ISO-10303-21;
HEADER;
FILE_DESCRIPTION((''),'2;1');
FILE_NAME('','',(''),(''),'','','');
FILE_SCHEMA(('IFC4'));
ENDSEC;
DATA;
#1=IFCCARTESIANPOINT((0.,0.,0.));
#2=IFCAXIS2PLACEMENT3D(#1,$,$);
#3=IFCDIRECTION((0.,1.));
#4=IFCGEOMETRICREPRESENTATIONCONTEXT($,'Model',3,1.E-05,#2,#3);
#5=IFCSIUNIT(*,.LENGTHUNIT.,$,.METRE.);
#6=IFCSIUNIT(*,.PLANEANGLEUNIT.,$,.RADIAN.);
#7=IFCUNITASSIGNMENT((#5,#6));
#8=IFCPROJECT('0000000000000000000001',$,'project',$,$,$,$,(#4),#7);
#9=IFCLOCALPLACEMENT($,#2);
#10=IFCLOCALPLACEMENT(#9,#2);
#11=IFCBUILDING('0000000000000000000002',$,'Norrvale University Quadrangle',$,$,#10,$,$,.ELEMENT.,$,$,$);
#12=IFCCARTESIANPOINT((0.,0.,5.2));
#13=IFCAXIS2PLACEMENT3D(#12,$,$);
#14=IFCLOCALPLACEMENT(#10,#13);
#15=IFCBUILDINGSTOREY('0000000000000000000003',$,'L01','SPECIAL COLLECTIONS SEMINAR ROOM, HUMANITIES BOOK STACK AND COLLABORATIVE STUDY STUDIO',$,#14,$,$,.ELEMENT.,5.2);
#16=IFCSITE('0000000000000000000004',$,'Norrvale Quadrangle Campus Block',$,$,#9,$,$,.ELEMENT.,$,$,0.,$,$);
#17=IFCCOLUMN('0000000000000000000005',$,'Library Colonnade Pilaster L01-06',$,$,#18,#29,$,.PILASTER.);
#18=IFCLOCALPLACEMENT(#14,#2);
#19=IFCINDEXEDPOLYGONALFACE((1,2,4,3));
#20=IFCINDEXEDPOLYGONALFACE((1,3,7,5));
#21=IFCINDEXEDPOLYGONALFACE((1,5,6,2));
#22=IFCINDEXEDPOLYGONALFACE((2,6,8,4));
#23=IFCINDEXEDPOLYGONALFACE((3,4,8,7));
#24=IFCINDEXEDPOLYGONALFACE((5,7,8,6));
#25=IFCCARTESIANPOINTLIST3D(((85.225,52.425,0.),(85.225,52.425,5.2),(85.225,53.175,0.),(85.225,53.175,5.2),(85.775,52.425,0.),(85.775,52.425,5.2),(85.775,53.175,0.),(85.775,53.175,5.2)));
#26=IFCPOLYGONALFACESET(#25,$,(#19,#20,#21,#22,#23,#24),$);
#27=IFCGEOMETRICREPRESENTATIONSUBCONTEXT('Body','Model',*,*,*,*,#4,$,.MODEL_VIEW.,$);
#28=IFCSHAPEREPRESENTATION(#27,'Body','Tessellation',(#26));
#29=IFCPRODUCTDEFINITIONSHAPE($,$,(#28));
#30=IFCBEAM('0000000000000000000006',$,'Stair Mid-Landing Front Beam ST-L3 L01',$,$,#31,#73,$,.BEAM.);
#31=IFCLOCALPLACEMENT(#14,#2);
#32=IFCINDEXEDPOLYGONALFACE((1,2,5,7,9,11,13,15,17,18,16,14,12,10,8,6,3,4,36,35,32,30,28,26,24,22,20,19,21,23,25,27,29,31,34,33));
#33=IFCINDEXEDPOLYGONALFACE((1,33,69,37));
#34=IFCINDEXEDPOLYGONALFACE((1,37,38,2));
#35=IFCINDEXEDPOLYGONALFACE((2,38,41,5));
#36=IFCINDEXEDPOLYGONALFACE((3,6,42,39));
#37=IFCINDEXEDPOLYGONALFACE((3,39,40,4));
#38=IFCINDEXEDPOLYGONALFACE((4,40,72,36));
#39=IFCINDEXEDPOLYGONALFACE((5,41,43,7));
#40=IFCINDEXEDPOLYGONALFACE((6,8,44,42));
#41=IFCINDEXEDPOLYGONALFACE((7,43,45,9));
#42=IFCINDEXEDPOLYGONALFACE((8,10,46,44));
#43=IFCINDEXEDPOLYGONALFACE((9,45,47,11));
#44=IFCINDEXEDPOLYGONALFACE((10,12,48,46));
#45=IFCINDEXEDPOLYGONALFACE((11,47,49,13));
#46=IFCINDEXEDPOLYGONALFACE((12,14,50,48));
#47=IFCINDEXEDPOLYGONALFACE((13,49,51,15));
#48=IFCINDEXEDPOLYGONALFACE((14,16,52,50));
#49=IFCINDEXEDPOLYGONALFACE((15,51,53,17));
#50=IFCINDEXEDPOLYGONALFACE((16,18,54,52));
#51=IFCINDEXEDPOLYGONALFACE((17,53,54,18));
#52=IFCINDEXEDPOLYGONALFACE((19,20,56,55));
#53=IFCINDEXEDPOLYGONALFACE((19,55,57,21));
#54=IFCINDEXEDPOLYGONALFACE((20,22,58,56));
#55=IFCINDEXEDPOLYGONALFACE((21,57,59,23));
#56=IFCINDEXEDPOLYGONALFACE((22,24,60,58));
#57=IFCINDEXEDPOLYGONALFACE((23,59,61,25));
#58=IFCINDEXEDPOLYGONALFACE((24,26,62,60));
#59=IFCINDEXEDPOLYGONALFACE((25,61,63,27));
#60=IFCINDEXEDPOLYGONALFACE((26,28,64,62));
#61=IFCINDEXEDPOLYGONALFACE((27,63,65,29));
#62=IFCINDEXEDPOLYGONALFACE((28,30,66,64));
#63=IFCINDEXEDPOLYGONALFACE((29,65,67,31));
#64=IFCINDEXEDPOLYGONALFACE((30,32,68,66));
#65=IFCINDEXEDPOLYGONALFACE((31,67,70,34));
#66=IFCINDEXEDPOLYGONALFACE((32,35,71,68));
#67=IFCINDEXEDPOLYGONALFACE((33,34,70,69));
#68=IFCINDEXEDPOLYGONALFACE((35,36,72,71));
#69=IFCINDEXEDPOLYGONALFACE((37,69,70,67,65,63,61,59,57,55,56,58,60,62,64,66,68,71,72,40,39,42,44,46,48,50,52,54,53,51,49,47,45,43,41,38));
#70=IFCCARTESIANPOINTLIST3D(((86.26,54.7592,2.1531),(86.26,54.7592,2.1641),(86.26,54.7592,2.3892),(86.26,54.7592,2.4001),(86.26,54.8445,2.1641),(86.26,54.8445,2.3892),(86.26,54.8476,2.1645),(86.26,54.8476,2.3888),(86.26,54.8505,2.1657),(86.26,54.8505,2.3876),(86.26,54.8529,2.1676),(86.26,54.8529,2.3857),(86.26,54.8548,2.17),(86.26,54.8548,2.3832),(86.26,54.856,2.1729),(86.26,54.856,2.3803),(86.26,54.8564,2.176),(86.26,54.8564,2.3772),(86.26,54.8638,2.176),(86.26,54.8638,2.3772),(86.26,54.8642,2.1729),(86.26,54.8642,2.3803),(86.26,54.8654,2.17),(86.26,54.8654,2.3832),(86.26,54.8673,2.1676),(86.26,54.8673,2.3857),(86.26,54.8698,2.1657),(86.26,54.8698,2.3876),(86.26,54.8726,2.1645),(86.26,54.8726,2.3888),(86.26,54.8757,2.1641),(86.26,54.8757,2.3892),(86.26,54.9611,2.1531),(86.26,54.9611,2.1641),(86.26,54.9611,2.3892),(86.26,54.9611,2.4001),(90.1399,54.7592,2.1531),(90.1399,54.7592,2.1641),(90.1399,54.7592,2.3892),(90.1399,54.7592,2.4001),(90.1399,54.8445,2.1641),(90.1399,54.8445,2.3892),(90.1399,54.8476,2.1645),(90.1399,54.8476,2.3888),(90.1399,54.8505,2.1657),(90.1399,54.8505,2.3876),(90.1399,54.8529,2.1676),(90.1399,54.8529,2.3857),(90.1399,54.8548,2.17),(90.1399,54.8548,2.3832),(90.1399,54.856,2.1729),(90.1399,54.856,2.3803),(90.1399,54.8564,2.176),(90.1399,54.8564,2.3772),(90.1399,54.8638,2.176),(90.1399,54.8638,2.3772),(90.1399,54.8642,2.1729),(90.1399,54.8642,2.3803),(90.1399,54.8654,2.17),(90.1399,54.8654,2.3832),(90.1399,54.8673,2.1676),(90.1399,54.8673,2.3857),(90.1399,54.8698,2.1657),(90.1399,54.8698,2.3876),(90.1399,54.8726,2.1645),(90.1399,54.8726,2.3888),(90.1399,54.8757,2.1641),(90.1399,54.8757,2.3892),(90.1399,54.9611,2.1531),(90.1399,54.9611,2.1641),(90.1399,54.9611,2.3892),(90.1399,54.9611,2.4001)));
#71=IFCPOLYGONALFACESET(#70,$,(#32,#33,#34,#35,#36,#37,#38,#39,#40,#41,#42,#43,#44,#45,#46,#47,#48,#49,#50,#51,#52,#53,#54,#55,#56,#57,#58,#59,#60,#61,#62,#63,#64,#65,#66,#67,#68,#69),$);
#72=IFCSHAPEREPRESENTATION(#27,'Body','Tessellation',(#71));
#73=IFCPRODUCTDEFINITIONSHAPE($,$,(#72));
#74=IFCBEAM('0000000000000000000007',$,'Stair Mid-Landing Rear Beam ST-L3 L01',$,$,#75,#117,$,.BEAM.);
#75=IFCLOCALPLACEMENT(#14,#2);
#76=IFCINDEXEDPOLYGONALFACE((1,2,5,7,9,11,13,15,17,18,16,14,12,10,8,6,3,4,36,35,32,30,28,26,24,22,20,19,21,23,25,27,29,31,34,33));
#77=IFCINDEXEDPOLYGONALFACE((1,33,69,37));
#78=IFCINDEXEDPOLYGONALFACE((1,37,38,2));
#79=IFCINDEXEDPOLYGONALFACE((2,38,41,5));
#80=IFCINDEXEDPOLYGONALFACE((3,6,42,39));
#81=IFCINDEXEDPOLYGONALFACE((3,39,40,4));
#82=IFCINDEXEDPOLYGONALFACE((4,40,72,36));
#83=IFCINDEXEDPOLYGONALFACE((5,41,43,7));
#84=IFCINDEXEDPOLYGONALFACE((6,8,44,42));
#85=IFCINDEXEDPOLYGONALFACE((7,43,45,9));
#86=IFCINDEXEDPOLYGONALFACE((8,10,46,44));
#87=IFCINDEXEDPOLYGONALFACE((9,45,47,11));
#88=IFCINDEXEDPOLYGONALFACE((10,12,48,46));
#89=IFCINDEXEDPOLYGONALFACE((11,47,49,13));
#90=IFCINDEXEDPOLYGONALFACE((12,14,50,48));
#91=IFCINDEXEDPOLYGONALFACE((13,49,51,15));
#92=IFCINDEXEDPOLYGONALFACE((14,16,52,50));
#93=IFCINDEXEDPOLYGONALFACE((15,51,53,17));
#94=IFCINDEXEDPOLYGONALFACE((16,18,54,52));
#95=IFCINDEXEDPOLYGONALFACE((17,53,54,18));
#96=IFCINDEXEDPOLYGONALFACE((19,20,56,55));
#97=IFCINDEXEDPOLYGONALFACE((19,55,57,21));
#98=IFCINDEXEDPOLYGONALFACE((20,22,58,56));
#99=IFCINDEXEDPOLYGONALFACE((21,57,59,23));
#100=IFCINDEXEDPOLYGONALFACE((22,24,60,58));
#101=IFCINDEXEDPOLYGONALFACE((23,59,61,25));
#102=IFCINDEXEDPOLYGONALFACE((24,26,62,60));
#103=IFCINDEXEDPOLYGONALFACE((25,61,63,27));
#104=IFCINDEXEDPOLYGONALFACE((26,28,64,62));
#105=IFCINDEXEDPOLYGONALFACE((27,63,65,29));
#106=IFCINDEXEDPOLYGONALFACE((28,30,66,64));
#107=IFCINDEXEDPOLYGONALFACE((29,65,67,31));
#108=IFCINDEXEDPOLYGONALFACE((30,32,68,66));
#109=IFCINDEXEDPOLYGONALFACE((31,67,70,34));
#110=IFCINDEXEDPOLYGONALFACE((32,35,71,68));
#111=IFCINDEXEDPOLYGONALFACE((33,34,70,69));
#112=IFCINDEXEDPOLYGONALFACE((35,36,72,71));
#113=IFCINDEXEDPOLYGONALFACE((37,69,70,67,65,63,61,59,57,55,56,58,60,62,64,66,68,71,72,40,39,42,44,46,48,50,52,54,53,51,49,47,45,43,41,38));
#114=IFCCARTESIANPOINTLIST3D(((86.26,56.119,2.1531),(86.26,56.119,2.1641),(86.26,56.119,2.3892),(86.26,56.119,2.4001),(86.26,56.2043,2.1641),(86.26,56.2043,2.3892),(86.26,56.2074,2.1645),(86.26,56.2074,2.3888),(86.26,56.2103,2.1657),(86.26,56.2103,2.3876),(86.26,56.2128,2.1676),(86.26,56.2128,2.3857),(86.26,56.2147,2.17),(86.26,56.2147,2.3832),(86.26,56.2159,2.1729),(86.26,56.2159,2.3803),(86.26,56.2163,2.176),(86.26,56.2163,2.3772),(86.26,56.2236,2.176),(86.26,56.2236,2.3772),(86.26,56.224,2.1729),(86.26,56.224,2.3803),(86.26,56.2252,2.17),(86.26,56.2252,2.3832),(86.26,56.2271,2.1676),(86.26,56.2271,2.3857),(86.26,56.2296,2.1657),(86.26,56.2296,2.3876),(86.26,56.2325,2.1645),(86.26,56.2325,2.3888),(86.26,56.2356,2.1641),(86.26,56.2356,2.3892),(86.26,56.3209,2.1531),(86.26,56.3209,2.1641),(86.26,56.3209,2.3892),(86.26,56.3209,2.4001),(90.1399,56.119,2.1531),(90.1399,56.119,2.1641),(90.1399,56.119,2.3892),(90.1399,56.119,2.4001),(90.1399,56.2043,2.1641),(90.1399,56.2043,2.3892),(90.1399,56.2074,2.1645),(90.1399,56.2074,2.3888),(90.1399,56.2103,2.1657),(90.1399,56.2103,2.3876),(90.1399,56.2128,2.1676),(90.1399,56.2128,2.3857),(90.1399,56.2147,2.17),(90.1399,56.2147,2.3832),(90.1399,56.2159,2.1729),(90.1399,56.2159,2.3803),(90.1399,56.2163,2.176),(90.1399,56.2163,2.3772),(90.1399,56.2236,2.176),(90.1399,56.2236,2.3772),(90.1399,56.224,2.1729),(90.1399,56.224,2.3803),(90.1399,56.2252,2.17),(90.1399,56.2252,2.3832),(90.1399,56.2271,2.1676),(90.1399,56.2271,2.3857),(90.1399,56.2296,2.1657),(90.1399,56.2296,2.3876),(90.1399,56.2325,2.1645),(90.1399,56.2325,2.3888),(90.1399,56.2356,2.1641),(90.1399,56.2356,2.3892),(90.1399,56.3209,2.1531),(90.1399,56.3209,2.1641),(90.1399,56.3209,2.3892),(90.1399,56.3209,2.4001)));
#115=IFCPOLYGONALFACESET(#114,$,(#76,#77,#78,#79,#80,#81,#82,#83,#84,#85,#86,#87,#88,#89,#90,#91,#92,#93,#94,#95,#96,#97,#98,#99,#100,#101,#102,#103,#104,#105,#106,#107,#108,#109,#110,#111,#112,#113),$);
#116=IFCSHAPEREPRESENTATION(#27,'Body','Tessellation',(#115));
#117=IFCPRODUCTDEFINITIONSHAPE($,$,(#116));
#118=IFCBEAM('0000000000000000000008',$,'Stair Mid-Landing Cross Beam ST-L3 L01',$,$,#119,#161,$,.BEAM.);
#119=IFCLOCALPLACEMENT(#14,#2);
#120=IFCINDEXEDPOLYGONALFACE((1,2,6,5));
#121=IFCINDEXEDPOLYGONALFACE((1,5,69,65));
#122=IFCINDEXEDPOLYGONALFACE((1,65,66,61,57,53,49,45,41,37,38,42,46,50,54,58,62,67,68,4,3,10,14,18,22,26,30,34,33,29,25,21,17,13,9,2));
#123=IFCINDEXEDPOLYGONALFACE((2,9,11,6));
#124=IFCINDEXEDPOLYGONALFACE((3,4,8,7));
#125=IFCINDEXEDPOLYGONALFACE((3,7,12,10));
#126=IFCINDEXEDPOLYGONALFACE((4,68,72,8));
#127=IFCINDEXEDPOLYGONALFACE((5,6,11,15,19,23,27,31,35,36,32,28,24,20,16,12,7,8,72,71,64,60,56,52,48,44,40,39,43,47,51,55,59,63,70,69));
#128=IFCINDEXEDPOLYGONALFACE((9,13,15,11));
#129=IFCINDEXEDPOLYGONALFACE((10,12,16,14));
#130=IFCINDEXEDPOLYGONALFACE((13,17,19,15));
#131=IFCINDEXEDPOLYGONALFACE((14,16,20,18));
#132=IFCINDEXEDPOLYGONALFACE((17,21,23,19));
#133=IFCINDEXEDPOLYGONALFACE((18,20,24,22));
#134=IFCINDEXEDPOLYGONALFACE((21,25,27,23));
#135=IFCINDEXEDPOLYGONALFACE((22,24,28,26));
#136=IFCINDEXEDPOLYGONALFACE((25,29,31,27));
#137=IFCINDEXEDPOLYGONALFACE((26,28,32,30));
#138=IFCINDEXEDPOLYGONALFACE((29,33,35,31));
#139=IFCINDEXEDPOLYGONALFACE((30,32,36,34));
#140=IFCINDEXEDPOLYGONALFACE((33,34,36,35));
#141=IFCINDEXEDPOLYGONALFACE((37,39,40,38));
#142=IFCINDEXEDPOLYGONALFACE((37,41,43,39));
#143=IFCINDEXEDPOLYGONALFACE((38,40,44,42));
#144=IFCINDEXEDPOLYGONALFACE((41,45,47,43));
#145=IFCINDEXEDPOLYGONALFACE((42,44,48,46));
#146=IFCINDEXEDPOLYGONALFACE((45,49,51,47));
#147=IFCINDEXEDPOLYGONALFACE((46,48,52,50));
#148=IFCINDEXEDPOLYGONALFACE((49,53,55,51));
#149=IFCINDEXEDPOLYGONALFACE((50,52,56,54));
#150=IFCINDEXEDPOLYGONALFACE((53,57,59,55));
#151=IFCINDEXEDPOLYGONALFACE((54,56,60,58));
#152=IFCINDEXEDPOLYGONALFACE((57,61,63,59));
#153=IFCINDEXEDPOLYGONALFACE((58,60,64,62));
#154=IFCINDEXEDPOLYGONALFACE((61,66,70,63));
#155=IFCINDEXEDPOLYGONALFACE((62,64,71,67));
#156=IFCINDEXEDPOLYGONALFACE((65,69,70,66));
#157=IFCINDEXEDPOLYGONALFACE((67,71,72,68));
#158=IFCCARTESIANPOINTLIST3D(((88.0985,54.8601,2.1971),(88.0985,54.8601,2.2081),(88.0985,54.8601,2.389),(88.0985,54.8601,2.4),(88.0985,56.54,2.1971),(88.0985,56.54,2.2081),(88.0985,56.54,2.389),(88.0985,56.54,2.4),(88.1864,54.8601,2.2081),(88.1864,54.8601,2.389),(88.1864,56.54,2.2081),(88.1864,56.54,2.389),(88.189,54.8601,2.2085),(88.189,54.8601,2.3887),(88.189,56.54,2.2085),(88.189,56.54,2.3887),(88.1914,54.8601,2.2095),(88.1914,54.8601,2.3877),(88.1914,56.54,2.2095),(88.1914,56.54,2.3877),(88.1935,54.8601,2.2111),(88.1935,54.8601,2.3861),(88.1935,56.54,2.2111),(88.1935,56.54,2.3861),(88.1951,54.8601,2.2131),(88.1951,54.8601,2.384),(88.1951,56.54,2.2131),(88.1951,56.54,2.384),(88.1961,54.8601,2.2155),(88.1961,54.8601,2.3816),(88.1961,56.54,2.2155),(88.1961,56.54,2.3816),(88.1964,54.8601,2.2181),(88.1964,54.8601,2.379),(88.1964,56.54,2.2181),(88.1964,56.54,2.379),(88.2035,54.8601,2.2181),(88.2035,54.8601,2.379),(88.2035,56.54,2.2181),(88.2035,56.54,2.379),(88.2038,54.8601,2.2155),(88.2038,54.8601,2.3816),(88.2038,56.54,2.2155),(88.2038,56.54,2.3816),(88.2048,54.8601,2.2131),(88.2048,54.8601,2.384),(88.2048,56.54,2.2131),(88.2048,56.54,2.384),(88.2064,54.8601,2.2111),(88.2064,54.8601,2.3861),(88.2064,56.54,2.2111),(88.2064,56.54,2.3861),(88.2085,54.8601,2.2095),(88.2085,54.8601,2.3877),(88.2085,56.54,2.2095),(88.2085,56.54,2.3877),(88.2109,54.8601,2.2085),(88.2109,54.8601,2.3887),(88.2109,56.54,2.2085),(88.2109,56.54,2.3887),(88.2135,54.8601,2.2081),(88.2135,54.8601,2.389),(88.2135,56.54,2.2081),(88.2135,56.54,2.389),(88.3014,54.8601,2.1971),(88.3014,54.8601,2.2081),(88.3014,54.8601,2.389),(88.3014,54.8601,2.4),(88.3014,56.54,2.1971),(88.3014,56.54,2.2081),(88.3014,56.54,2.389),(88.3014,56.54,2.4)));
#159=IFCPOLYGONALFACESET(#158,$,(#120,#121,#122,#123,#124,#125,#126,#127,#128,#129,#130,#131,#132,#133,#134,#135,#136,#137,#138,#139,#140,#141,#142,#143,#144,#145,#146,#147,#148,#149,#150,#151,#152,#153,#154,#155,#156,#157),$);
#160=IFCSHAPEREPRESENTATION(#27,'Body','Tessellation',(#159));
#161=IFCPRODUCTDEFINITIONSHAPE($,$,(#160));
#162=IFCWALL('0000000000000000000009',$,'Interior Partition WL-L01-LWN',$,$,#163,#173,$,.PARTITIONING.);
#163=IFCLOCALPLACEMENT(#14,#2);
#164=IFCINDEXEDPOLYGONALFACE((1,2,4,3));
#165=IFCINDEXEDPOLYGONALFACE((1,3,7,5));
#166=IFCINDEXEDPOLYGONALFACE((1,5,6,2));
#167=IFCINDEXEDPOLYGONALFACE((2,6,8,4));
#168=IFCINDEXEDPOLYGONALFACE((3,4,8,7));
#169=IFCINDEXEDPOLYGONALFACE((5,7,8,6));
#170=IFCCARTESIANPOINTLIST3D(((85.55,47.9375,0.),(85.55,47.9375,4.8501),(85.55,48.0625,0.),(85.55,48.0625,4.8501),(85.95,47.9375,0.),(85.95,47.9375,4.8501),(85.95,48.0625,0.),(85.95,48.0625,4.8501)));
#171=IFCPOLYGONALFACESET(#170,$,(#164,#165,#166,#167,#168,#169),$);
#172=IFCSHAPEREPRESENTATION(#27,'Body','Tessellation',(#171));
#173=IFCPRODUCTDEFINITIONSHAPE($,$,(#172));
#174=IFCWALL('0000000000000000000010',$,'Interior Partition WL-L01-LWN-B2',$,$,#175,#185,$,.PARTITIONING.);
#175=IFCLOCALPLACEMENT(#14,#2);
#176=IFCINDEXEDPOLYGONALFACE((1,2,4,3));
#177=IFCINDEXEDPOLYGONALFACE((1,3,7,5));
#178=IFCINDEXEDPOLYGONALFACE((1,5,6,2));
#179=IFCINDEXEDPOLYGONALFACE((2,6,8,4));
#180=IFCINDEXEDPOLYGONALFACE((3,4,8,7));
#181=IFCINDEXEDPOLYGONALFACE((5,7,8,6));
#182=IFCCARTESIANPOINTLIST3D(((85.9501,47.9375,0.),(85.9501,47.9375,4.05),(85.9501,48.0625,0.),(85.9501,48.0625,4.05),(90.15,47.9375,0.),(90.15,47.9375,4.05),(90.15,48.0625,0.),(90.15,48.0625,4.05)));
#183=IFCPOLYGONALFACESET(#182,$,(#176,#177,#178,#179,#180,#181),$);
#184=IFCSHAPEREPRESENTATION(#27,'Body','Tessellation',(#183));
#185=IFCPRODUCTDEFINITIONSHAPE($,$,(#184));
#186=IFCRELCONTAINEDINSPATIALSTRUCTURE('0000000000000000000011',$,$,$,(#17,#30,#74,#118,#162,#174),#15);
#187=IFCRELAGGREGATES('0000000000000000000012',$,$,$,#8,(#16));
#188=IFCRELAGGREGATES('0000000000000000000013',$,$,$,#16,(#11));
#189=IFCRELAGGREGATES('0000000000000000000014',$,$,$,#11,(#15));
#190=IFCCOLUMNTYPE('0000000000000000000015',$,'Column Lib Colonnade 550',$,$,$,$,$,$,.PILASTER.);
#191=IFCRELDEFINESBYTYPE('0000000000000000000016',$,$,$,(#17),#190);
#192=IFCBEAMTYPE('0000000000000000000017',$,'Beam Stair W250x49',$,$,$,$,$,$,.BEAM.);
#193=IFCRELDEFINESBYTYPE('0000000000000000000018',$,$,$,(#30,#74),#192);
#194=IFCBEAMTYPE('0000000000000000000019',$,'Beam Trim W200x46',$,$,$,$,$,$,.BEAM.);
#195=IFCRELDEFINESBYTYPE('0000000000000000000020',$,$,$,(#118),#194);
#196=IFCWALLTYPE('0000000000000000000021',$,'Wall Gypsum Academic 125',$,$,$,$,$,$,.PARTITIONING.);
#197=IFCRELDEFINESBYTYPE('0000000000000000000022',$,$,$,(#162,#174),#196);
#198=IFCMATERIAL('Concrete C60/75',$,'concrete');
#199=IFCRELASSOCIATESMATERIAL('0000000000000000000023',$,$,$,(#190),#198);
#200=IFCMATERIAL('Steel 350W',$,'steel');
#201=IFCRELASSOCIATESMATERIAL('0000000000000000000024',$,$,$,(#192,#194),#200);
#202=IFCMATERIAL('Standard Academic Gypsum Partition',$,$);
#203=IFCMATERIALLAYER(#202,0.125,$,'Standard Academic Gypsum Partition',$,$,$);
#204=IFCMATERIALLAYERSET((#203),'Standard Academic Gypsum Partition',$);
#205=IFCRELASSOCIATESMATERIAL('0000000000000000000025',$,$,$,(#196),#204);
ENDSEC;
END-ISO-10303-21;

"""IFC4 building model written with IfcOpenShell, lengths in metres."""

from ifc_helpers import new_model, si_unit, direction, frame, frame_2d, origin, origin_2d, place, context, subcontext, project, spatial, rectangle, i_section, extrude, material, layer, layer_set, material_profile, profile_set, type_object, element, save


model = new_model("IFC4")

# Units and contexts
model_context = context("Model", 3, precision=1e-05, world=origin(), true_north=direction((0.0, 1.0)))
body_context = subcontext(model_context, "Body", "Model", "MODEL_VIEW")
ifc_project = project(units=[si_unit("LENGTHUNIT", "METRE"), si_unit("PLANEANGLEUNIT", "RADIAN")], contexts=[model_context])

# Site, building, storey
site_placement = place(None, origin())
site = spatial("IfcSite", under=ifc_project, at=site_placement, Name="Norrvale Quadrangle Campus Block", CompositionType="ELEMENT", RefElevation=0.0)
building_placement = place(site_placement, origin())
building = spatial("IfcBuilding", under=site, at=building_placement, Name="Norrvale University Quadrangle", CompositionType="ELEMENT")
storey_placement = place(building_placement, frame((0.0, 0.0, 5.2)))
storey = spatial("IfcBuildingStorey", under=building, at=storey_placement, Name="L01", Description="SPECIAL COLLECTIONS SEMINAR ROOM, HUMANITIES BOOK STACK AND COLLABORATIVE STUDY STUDIO", CompositionType="ELEMENT", Elevation=5.2)

# Column
ifc_material_1 = material(Name="Concrete C60/75", Category="concrete")
ifc_material_profile_1 = material_profile(ifc_material_1, rectangle(XDim=0.55, YDim=0.75, at=origin_2d()), Name="Concrete C60/75")
ifc_profile_set_1 = profile_set([ifc_material_profile_1], Name="Concrete C60/75")
column_type = type_object("IfcColumnType", Name="Column Lib Colonnade 550", PredefinedType="PILASTER", material=ifc_profile_set_1)
column_placement = place(storey_placement, frame((85.5, 52.8, 0.0), z_axis=(0.0, 0.0, 1.0), x_axis=(1.0, 0.0, 0.0)))
element("IfcColumn", 1, at=column_placement, inside=storey, type_object=column_type, Name="Library Colonnade Pilaster L01-06", PredefinedType="PILASTER", context=body_context, shape_type="SweptSolid", body=[
    extrude(rectangle(XDim=0.55, YDim=0.75, at=origin_2d()), origin(), (0.0, 0.0, 1.0), 5.2),
])

# Beams
ifc_material_2 = material(Name="Steel 350W", Category="steel")
ifc_material_profile_2 = material_profile(ifc_material_2, i_section(OverallWidth=0.2019, OverallDepth=0.2471, WebThickness=0.0073, FlangeThickness=0.011, FilletRadius=0.012, at=origin_2d()), Name="Steel 350W")
ifc_profile_set_2 = profile_set([ifc_material_profile_2], Name="Steel 350W")
beam_type_1 = type_object("IfcBeamType", Name="Beam Stair W250x49", PredefinedType="BEAM", material=ifc_profile_set_2)
for number, where, z_axis, x_axis, name in (
    (2, (86.26, 54.8601, 2.2766), (1.0, 0.0, 0.0), (0.0, 1.0, 0.0), "Stair Mid-Landing Front Beam ST-L3 L01"),
    (3, (86.26, 56.22, 2.2766), (1.0, 0.0, 0.0), (0.0, 1.0, 0.0), "Stair Mid-Landing Rear Beam ST-L3 L01"),
):
    element("IfcBeam", number, at=place(storey_placement, frame(where, z_axis=z_axis, x_axis=x_axis)), inside=storey, type_object=beam_type_1, Name=name, PredefinedType="BEAM", context=body_context, shape_type="SweptSolid", body=[
        extrude(i_section(OverallWidth=0.2019, OverallDepth=0.2471, WebThickness=0.0073, FlangeThickness=0.011, FilletRadius=0.012, at=origin_2d()), origin(), (0.0, 0.0, 1.0), 3.8799),
    ])
ifc_material_profile_3 = material_profile(ifc_material_2, i_section(OverallWidth=0.2029, OverallDepth=0.2029, WebThickness=0.0071, FlangeThickness=0.011, FilletRadius=0.01, at=origin_2d()), Name="Steel 350W")
ifc_profile_set_3 = profile_set([ifc_material_profile_3], Name="Steel 350W")
beam_type_2 = type_object("IfcBeamType", Name="Beam Trim W200x46", PredefinedType="BEAM", material=ifc_profile_set_3)
beam_placement = place(storey_placement, frame((88.2, 54.8601, 2.2986), z_axis=(0.0, 1.0, 0.0), x_axis=(-1.0, 0.0, 0.0)))
element("IfcBeam", 4, at=beam_placement, inside=storey, type_object=beam_type_2, Name="Stair Mid-Landing Cross Beam ST-L3 L01", PredefinedType="BEAM", context=body_context, shape_type="SweptSolid", body=[
    extrude(i_section(OverallWidth=0.2029, OverallDepth=0.2029, WebThickness=0.0071, FlangeThickness=0.011, FilletRadius=0.01, at=origin_2d()), origin(), (0.0, 0.0, 1.0), 1.6799),
])

# Walls
ifc_material_3 = material(Name="Standard Academic Gypsum Partition")
ifc_layer_1 = layer(ifc_material_3, 0.125, Name="Standard Academic Gypsum Partition")
ifc_layer_set_1 = layer_set([ifc_layer_1], Name="Standard Academic Gypsum Partition")
wall_type_1 = type_object("IfcWallType", Name="Wall Gypsum Academic 125", PredefinedType="PARTITIONING", material=ifc_layer_set_1)
wall_1_placement = place(storey_placement, frame((85.55, 48.0, 0.0), z_axis=(0.0, 0.0, 1.0), x_axis=(1.0, 0.0, 0.0)))
element("IfcWall", 5, at=wall_1_placement, inside=storey, type_object=wall_type_1, Name="Interior Partition WL-L01-LWN", PredefinedType="PARTITIONING", context=body_context, shape_type="SweptSolid", body=[
    extrude(rectangle(XDim=0.3999, YDim=0.125, at=frame_2d((0.2, 0.0))), origin(), (0.0, 0.0, 1.0), 4.8501),
])
wall_2_placement = place(storey_placement, frame((85.95, 48.0, 0.0), z_axis=(0.0, 0.0, 1.0), x_axis=(1.0, 0.0, 0.0)))
element("IfcWall", 6, at=wall_2_placement, inside=storey, type_object=wall_type_1, Name="Interior Partition WL-L01-LWN-B2", PredefinedType="PARTITIONING", context=body_context, shape_type="SweptSolid", body=[
    extrude(rectangle(XDim=4.2, YDim=0.125, at=frame_2d((2.1001, 0.0))), origin(), (0.0, 0.0, 1.0), 4.05),
])

save(model, "model.ifc")
